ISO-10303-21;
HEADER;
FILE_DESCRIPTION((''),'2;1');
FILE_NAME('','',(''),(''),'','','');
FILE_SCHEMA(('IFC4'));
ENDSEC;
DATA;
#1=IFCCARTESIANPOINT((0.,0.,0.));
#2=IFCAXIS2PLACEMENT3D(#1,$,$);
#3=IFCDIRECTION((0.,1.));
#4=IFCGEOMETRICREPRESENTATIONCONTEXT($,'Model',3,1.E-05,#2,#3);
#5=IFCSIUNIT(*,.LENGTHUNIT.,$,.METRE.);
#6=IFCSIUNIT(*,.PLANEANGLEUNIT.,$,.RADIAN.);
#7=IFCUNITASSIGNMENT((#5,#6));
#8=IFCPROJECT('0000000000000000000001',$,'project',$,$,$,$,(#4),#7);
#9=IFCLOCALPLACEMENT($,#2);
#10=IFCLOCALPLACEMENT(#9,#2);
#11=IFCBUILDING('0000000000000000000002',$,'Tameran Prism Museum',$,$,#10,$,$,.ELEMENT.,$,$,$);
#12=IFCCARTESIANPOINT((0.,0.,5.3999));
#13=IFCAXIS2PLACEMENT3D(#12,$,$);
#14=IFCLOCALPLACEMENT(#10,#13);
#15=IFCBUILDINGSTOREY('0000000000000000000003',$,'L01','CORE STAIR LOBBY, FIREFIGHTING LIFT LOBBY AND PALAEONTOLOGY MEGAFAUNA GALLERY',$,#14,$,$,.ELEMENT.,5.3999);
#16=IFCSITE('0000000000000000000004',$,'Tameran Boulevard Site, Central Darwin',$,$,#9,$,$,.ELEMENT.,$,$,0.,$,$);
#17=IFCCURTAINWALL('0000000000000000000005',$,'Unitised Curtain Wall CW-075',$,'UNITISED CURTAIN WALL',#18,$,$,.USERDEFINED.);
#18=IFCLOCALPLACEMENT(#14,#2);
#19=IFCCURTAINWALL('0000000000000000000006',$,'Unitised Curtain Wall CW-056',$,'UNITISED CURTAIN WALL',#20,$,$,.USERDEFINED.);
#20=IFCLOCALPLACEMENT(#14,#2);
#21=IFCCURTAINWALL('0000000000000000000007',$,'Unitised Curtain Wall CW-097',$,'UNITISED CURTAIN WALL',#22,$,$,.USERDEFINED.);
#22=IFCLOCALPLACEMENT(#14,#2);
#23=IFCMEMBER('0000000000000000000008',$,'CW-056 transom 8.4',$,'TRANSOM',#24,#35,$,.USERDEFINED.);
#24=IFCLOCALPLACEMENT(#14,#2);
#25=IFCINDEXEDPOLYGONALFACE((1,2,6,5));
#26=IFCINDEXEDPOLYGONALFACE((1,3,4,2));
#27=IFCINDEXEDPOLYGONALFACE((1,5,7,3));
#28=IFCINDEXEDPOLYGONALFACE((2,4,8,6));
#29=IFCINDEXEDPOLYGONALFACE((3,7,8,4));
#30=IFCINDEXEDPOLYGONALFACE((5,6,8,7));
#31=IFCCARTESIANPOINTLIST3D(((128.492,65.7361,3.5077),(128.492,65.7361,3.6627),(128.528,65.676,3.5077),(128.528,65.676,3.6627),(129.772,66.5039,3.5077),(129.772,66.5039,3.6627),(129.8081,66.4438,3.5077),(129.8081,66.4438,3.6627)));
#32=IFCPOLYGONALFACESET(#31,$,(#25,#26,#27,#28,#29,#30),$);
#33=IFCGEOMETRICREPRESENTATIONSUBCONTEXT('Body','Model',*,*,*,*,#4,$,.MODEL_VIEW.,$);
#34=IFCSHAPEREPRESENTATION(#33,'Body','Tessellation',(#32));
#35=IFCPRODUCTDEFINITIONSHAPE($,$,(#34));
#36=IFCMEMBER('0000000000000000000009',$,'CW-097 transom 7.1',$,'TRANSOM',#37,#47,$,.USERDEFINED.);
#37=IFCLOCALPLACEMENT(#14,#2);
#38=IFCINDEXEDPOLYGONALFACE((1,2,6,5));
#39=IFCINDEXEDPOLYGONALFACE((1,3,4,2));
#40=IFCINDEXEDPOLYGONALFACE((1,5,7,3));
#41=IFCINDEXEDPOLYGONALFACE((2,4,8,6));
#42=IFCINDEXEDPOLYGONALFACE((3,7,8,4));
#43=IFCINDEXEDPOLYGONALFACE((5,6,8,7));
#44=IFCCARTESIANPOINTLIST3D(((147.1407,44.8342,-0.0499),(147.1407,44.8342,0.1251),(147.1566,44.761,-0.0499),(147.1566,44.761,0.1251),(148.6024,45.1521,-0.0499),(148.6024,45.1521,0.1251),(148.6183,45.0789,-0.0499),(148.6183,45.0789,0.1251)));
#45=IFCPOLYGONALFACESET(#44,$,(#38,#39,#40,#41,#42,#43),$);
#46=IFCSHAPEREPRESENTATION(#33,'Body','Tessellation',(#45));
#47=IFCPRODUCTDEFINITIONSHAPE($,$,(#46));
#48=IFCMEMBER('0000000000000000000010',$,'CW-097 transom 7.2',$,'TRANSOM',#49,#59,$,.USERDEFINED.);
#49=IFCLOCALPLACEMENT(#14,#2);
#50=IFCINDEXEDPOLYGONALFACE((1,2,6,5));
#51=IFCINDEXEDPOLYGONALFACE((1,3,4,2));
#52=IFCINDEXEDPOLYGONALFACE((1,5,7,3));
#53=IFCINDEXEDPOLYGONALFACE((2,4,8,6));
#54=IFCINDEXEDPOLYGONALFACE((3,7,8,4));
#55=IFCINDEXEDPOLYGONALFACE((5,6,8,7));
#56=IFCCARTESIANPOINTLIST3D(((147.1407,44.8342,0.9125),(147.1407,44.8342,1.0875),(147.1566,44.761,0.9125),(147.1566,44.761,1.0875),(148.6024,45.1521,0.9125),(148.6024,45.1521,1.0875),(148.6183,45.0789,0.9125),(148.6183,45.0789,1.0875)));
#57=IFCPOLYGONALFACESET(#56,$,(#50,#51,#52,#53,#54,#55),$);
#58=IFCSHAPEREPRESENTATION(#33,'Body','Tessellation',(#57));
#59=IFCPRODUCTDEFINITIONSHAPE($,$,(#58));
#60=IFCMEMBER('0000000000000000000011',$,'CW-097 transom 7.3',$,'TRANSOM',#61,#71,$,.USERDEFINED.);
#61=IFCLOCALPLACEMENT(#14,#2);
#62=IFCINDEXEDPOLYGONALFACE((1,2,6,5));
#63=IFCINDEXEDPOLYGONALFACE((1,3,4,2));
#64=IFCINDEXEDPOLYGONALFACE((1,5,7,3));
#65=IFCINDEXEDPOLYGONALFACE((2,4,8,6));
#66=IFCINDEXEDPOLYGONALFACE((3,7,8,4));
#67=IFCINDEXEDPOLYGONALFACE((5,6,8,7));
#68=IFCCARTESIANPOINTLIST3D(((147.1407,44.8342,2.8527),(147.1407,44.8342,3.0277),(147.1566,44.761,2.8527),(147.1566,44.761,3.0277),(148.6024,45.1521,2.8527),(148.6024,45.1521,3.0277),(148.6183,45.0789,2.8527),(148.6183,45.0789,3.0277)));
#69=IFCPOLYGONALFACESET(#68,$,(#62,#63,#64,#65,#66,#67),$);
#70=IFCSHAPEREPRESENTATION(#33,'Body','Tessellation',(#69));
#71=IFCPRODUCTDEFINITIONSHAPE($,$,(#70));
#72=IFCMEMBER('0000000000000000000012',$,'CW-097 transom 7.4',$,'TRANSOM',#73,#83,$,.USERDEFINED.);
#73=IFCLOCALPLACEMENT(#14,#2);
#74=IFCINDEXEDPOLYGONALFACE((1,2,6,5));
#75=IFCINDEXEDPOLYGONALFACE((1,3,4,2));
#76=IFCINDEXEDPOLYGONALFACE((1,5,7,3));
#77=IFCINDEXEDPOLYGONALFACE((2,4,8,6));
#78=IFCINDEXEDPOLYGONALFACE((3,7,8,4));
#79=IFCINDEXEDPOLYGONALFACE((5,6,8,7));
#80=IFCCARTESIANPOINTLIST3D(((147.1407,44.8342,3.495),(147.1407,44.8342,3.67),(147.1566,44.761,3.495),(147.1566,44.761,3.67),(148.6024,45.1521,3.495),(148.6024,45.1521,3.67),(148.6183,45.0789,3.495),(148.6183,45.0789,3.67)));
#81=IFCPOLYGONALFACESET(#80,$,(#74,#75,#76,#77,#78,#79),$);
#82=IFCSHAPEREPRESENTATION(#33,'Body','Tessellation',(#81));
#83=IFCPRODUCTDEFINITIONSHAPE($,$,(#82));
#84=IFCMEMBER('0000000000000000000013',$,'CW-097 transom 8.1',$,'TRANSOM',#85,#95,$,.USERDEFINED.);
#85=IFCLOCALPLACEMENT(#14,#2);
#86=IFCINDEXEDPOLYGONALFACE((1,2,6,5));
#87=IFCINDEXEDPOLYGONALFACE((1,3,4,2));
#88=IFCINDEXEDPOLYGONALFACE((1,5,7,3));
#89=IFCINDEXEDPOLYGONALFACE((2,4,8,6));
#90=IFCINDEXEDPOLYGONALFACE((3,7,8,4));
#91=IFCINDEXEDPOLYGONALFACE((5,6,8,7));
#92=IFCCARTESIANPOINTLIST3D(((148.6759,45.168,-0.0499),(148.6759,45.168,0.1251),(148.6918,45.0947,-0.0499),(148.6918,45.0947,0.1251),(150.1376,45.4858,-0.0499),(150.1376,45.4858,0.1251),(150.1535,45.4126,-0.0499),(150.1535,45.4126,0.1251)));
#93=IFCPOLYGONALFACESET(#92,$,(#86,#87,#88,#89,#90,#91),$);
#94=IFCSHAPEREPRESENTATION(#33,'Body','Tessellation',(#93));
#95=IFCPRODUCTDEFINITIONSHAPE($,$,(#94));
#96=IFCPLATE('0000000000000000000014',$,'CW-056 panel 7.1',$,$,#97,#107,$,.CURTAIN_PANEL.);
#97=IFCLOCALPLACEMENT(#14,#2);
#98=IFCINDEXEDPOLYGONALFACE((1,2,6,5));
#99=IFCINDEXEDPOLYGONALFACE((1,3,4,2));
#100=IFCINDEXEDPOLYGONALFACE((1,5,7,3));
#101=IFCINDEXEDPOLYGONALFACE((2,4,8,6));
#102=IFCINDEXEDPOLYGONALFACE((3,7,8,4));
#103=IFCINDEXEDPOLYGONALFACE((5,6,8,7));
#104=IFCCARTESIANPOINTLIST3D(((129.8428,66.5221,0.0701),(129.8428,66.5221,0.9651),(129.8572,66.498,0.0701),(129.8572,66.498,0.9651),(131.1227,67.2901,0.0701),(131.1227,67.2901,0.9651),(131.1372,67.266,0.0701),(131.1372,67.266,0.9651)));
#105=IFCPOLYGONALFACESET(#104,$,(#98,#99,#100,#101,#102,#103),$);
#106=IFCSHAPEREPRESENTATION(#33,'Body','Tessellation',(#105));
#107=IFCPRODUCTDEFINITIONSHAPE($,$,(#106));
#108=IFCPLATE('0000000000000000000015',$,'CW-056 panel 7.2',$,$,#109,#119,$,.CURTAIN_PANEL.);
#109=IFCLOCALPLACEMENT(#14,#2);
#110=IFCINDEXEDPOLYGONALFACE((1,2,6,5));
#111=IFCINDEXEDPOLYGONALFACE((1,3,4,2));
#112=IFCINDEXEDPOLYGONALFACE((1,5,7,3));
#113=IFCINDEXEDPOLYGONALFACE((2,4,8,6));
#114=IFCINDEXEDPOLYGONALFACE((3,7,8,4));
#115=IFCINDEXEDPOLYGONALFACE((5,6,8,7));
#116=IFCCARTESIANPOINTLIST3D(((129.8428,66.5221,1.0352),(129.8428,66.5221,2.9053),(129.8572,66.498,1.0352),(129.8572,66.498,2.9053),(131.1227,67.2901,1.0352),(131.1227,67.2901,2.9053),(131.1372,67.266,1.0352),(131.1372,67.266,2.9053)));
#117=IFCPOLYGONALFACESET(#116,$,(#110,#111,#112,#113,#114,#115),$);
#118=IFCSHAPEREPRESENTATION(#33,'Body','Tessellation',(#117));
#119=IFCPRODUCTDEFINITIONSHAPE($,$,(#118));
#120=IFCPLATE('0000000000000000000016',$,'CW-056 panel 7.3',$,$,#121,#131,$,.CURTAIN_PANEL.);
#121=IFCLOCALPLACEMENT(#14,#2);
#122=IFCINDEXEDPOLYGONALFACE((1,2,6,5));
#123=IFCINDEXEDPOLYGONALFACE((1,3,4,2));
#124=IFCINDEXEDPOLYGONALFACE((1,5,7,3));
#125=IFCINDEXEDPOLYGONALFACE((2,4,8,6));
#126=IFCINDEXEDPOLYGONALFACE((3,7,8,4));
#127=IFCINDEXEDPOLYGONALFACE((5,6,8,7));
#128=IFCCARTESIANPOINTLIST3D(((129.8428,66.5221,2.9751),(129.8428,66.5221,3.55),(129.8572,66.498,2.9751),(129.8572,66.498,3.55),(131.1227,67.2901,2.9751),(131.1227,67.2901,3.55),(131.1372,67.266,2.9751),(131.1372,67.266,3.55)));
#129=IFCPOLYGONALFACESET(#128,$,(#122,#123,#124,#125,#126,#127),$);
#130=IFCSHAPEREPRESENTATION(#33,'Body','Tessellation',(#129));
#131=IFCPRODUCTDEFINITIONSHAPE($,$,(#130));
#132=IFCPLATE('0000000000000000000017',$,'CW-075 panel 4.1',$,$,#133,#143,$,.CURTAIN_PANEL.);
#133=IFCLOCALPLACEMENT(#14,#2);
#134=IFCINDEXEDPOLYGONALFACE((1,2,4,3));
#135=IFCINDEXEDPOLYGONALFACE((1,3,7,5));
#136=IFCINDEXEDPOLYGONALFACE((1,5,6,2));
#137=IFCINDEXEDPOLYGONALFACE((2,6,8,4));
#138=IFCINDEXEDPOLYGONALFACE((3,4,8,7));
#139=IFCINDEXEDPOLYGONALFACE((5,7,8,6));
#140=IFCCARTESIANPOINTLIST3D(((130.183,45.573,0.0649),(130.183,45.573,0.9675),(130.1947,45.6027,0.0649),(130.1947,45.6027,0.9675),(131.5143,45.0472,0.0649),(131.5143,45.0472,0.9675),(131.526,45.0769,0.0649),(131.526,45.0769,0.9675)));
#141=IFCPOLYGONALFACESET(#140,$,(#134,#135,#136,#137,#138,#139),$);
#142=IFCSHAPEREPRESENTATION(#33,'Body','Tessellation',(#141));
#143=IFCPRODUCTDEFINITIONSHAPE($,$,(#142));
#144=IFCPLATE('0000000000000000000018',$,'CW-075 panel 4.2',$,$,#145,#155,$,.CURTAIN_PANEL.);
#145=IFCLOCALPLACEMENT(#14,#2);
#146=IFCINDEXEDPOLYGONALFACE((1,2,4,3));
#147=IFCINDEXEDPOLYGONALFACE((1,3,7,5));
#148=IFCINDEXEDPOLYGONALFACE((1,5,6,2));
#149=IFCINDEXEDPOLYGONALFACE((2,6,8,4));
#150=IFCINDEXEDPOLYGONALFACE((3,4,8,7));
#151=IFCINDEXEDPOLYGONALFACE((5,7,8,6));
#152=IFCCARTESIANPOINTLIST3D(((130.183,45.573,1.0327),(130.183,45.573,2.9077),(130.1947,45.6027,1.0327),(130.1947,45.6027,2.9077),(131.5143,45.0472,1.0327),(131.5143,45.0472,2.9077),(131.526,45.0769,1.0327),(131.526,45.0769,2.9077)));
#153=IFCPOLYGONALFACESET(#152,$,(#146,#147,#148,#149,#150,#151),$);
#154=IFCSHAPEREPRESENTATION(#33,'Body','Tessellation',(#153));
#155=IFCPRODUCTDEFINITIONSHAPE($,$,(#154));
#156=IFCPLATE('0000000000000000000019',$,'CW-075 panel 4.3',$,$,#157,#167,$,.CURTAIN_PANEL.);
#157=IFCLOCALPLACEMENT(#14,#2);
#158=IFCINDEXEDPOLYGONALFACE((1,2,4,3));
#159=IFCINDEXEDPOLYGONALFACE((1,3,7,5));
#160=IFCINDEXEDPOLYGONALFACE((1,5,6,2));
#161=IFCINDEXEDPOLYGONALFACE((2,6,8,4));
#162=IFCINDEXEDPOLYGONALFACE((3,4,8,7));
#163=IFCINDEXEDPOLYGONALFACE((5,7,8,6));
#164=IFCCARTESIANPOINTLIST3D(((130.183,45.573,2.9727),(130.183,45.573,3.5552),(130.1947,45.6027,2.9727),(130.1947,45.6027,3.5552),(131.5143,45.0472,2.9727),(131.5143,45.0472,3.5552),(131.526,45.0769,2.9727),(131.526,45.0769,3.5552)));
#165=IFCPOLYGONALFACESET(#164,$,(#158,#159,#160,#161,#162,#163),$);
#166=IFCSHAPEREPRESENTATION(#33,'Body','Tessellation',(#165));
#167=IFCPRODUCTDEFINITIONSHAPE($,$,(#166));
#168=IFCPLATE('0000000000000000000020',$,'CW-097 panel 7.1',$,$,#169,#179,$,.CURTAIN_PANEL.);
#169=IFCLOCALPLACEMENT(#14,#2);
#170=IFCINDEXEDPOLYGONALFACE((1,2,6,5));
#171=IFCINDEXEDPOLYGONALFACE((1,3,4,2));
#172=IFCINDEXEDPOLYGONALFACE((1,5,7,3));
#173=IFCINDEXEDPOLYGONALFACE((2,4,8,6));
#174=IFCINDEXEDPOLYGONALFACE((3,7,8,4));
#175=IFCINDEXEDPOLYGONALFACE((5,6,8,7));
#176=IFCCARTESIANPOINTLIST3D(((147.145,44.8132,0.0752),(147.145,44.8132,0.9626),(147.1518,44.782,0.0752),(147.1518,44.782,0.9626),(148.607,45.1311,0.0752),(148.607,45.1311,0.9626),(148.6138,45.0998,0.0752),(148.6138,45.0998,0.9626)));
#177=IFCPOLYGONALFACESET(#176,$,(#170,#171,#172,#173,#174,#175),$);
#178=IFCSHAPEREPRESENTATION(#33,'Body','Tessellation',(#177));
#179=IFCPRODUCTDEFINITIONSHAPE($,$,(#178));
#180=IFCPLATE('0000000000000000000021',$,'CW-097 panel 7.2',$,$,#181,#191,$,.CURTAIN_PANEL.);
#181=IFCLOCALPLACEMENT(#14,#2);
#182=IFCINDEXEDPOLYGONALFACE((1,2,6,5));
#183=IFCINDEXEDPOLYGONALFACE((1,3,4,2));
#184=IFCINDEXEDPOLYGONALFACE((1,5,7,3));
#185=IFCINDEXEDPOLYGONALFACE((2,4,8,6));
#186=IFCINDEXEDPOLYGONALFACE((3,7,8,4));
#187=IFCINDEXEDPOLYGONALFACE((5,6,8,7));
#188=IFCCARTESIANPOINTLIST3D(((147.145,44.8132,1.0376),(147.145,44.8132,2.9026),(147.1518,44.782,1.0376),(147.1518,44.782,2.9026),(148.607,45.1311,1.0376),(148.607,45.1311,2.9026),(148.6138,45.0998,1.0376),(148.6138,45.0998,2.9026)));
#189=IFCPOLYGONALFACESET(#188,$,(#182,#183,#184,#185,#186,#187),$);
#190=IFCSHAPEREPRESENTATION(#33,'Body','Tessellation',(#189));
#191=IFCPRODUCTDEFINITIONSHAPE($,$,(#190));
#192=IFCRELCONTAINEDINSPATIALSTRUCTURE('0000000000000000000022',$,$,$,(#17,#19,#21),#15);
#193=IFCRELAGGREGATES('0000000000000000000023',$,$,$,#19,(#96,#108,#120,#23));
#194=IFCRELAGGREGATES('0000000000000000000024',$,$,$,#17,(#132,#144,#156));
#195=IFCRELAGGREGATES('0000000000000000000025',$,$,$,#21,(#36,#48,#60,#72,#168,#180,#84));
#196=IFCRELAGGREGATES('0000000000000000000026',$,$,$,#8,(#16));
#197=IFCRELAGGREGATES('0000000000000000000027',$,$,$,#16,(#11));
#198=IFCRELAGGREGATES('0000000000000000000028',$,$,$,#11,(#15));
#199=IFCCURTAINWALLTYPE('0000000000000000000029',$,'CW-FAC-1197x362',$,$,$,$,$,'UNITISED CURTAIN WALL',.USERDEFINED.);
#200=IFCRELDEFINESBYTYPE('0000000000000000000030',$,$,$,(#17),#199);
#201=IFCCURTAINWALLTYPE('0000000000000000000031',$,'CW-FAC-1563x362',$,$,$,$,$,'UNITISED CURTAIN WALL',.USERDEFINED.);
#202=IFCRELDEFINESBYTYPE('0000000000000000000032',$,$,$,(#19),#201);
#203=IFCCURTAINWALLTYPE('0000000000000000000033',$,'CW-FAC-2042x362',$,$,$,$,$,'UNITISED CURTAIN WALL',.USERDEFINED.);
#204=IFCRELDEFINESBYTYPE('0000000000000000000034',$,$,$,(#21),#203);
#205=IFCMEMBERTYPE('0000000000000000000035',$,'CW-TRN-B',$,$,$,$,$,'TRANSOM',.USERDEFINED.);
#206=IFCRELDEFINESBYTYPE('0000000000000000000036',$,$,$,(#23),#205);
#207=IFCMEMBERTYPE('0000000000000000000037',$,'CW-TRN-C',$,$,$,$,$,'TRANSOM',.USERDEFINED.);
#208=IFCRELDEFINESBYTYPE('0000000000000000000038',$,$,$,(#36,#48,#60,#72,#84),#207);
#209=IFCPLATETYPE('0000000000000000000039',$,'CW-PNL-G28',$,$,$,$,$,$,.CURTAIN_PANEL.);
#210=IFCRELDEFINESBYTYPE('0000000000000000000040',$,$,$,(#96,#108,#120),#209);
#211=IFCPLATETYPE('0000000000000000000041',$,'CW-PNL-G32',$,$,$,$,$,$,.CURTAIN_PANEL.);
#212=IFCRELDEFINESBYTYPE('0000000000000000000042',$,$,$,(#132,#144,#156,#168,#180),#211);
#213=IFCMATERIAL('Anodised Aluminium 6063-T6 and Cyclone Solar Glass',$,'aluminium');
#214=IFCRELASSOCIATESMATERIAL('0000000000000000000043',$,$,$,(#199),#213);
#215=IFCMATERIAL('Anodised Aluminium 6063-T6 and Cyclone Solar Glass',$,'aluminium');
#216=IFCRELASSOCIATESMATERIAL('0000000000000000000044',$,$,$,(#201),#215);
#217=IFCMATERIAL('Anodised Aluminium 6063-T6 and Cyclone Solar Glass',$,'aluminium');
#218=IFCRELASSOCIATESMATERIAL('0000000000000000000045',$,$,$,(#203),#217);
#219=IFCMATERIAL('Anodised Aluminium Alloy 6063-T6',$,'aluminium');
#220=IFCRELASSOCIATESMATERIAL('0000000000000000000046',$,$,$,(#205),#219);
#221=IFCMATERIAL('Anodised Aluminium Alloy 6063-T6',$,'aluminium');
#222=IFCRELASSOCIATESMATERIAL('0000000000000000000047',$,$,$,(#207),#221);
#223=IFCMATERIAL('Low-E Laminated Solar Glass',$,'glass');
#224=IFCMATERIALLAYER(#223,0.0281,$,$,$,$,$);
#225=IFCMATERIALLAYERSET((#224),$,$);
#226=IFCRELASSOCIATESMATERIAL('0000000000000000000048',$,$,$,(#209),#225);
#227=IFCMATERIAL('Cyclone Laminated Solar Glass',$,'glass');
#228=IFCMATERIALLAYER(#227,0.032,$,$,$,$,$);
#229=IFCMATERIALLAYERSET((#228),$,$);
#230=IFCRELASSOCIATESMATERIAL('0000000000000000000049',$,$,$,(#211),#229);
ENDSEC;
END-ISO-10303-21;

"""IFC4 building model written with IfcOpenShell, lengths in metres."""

from ifc_helpers import new_model, si_unit, direction, frame, origin, origin_2d, place, context, subcontext, project, spatial, rectangle, extrude, material, layer, layer_set, material_profile, profile_set, type_object, element, aggregate, save


model = new_model("IFC4")

# Units and contexts
model_context = context("Model", 3, precision=1e-05, world=origin(), true_north=direction((0.0, 1.0)))
body_context = subcontext(model_context, "Body", "Model", "MODEL_VIEW")
ifc_project = project(units=[si_unit("LENGTHUNIT", "METRE"), si_unit("PLANEANGLEUNIT", "RADIAN")], contexts=[model_context])

# Site, building, storey
site_placement = place(None, origin())
site = spatial("IfcSite", under=ifc_project, at=site_placement, Name="Tameran Boulevard Site, Central Darwin", CompositionType="ELEMENT", RefElevation=0.0)
building_placement = place(site_placement, origin())
building = spatial("IfcBuilding", under=site, at=building_placement, Name="Tameran Prism Museum", CompositionType="ELEMENT")
storey_placement = place(building_placement, frame((0.0, 0.0, 5.3999)))
storey = spatial("IfcBuildingStorey", under=building, at=storey_placement, Name="L01", Description="CORE STAIR LOBBY, FIREFIGHTING LIFT LOBBY AND PALAEONTOLOGY MEGAFAUNA GALLERY", CompositionType="ELEMENT", Elevation=5.3999)

# Curtain wall
ifc_material_1 = material(Name="Anodised Aluminium 6063-T6 and Cyclone Solar Glass", Category="aluminium")
curtain_wall_type_1 = type_object("IfcCurtainWallType", Name="CW-FAC-1197x362", ElementType="UNITISED CURTAIN WALL", PredefinedType="USERDEFINED", material=ifc_material_1)
curtain_wall_1_placement = place(storey_placement, origin())
curtain_wall_1 = element("IfcCurtainWall", 1, at=curtain_wall_1_placement, inside=storey, type_object=curtain_wall_type_1, Name="Unitised Curtain Wall CW-075", ObjectType="UNITISED CURTAIN WALL", PredefinedType="USERDEFINED")

# Curtain walls
ifc_material_2 = material(Name="Anodised Aluminium 6063-T6 and Cyclone Solar Glass", Category="aluminium")
curtain_wall_type_2 = type_object("IfcCurtainWallType", Name="CW-FAC-1563x362", ElementType="UNITISED CURTAIN WALL", PredefinedType="USERDEFINED", material=ifc_material_2)
curtain_wall_2_placement = place(storey_placement, origin())
curtain_wall_2 = element("IfcCurtainWall", 2, at=curtain_wall_2_placement, inside=storey, type_object=curtain_wall_type_2, Name="Unitised Curtain Wall CW-056", ObjectType="UNITISED CURTAIN WALL", PredefinedType="USERDEFINED")
ifc_material_3 = material(Name="Anodised Aluminium 6063-T6 and Cyclone Solar Glass", Category="aluminium")
curtain_wall_type_3 = type_object("IfcCurtainWallType", Name="CW-FAC-2042x362", ElementType="UNITISED CURTAIN WALL", PredefinedType="USERDEFINED", material=ifc_material_3)
curtain_wall_3_placement = place(storey_placement, origin())
curtain_wall_3 = element("IfcCurtainWall", 3, at=curtain_wall_3_placement, inside=storey, type_object=curtain_wall_type_3, Name="Unitised Curtain Wall CW-097", ObjectType="UNITISED CURTAIN WALL", PredefinedType="USERDEFINED")

# Members
ifc_material_4 = material(Name="Anodised Aluminium Alloy 6063-T6", Category="aluminium")
ifc_material_profile_1 = material_profile(ifc_material_4, rectangle(XDim=0.0701, YDim=0.155, at=origin_2d()))
ifc_profile_set_1 = profile_set([ifc_material_profile_1])
member_type_1 = type_object("IfcMemberType", Name="CW-TRN-B", ElementType="TRANSOM", PredefinedType="USERDEFINED", material=ifc_profile_set_1)
member_1_placement = place(storey_placement, frame((129.79, 66.4739, 3.5852), z_axis=(-0.857551, -0.5144, 0.0), x_axis=(0.5144, -0.857551, 0.0)))
member_1 = element("IfcMember", 4, at=member_1_placement, type_object=member_type_1, Name="CW-056 transom 8.4", ObjectType="TRANSOM", PredefinedType="USERDEFINED", context=body_context, shape_type="SweptSolid", body=[
    extrude(rectangle(XDim=0.0701, YDim=0.155, at=origin_2d()), origin(), (0.0, 0.0, 1.0), 1.4927),
])
ifc_material_5 = material(Name="Anodised Aluminium Alloy 6063-T6", Category="aluminium")
ifc_material_profile_2 = material_profile(ifc_material_5, rectangle(XDim=0.075, YDim=0.175, at=origin_2d()))
ifc_profile_set_2 = profile_set([ifc_material_profile_2])
member_type_2 = type_object("IfcMemberType", Name="CW-TRN-C", ElementType="TRANSOM", PredefinedType="USERDEFINED", material=ifc_profile_set_2)
member_2_placement = place(storey_placement, frame((147.1487, 44.7976, 0.0376), z_axis=(0.97716, 0.212504, 0.0), x_axis=(-0.212504, 0.97716, 0.0)))
member_2 = element("IfcMember", 5, at=member_2_placement, type_object=member_type_2, Name="CW-097 transom 7.1", ObjectType="TRANSOM", PredefinedType="USERDEFINED", context=body_context, shape_type="SweptSolid", body=[
    extrude(rectangle(XDim=0.075, YDim=0.175, at=origin_2d()), origin(), (0.0, 0.0, 1.0), 1.4958),
])
member_3_placement = place(storey_placement, frame((147.1487, 44.7976, 1.0), z_axis=(0.97716, 0.212504, 0.0), x_axis=(-0.212504, 0.97716, 0.0)))
member_3 = element("IfcMember", 6, at=member_3_placement, type_object=member_type_2, Name="CW-097 transom 7.2", ObjectType="TRANSOM", PredefinedType="USERDEFINED", context=body_context, shape_type="SweptSolid", body=[
    extrude(rectangle(XDim=0.075, YDim=0.175, at=origin_2d()), origin(), (0.0, 0.0, 1.0), 1.4958),
])
member_4_placement = place(storey_placement, frame((147.1487, 44.7976, 2.9402), z_axis=(0.97716, 0.212504, 0.0), x_axis=(-0.212504, 0.97716, 0.0)))
member_4 = element("IfcMember", 7, at=member_4_placement, type_object=member_type_2, Name="CW-097 transom 7.3", ObjectType="TRANSOM", PredefinedType="USERDEFINED", context=body_context, shape_type="SweptSolid", body=[
    extrude(rectangle(XDim=0.075, YDim=0.175, at=origin_2d()), origin(), (0.0, 0.0, 1.0), 1.4958),
])
member_5_placement = place(storey_placement, frame((147.1487, 44.7976, 3.5825), z_axis=(0.97716, 0.212504, 0.0), x_axis=(-0.212504, 0.97716, 0.0)))
member_5 = element("IfcMember", 8, at=member_5_placement, type_object=member_type_2, Name="CW-097 transom 7.4", ObjectType="TRANSOM", PredefinedType="USERDEFINED", context=body_context, shape_type="SweptSolid", body=[
    extrude(rectangle(XDim=0.075, YDim=0.175, at=origin_2d()), origin(), (0.0, 0.0, 1.0), 1.4958),
])
member_6_placement = place(storey_placement, frame((148.6838, 45.1313, 0.0376), z_axis=(0.97716, 0.212504, 0.0), x_axis=(-0.212504, 0.97716, 0.0)))
member_6 = element("IfcMember", 9, at=member_6_placement, type_object=member_type_2, Name="CW-097 transom 8.1", ObjectType="TRANSOM", PredefinedType="USERDEFINED", context=body_context, shape_type="SweptSolid", body=[
    extrude(rectangle(XDim=0.075, YDim=0.175, at=origin_2d()), origin(), (0.0, 0.0, 1.0), 1.4958),
])

# Plates
ifc_material_6 = material(Name="Low-E Laminated Solar Glass", Category="glass")
ifc_layer_1 = layer(ifc_material_6, 0.0281)
ifc_layer_set_1 = layer_set([ifc_layer_1])
plate_type_1 = type_object("IfcPlateType", Name="CW-PNL-G28", PredefinedType="CURTAIN_PANEL", material=ifc_layer_set_1)
plate_1_placement = place(storey_placement, frame((130.49, 66.894, 0.0701), z_axis=(0.0, 0.0, 1.0), x_axis=(-0.857493, -0.514496, 0.0)))
plate_1 = element("IfcPlate", 10, at=plate_1_placement, type_object=plate_type_1, Name="CW-056 panel 7.1", PredefinedType="CURTAIN_PANEL", context=body_context, shape_type="SweptSolid", body=[
    extrude(rectangle(XDim=1.4927, YDim=0.0281, at=origin_2d()), origin(), (0.0, 0.0, 1.0), 0.895),
])
plate_2_placement = place(storey_placement, frame((130.49, 66.894, 1.0352), z_axis=(0.0, 0.0, 1.0), x_axis=(-0.857493, -0.514496, 0.0)))
plate_2 = element("IfcPlate", 11, at=plate_2_placement, type_object=plate_type_1, Name="CW-056 panel 7.2", PredefinedType="CURTAIN_PANEL", context=body_context, shape_type="SweptSolid", body=[
    extrude(rectangle(XDim=1.4927, YDim=0.0281, at=origin_2d()), origin(), (0.0, 0.0, 1.0), 1.8701),
])
plate_3_placement = place(storey_placement, frame((130.49, 66.894, 2.9751), z_axis=(0.0, 0.0, 1.0), x_axis=(-0.857493, -0.514496, 0.0)))
plate_3 = element("IfcPlate", 12, at=plate_3_placement, type_object=plate_type_1, Name="CW-056 panel 7.3", PredefinedType="CURTAIN_PANEL", context=body_context, shape_type="SweptSolid", body=[
    extrude(rectangle(XDim=1.4927, YDim=0.0281, at=origin_2d()), origin(), (0.0, 0.0, 1.0), 0.575),
])
aggregate(curtain_wall_2, [plate_1, plate_2, plate_3, member_1])
ifc_material_7 = material(Name="Cyclone Laminated Solar Glass", Category="glass")
ifc_layer_2 = layer(ifc_material_7, 0.032)
ifc_layer_set_2 = layer_set([ifc_layer_2])
plate_type_2 = type_object("IfcPlateType", Name="CW-PNL-G32", PredefinedType="CURTAIN_PANEL", material=ifc_layer_set_2)
plate_4_placement = place(storey_placement, frame((130.8545, 45.325, 0.0649), z_axis=(0.0, 0.0, 1.0), x_axis=(0.930081, -0.367355, 0.0)))
plate_4 = element("IfcPlate", 13, at=plate_4_placement, type_object=plate_type_2, Name="CW-075 panel 4.1", PredefinedType="CURTAIN_PANEL", context=body_context, shape_type="SweptSolid", body=[
    extrude(rectangle(XDim=1.4314, YDim=0.032, at=origin_2d()), origin(), (0.0, 0.0, 1.0), 0.9026),
])
plate_5_placement = place(storey_placement, frame((130.8545, 45.325, 1.0327), z_axis=(0.0, 0.0, 1.0), x_axis=(0.930081, -0.367355, 0.0)))
plate_5 = element("IfcPlate", 14, at=plate_5_placement, type_object=plate_type_2, Name="CW-075 panel 4.2", PredefinedType="CURTAIN_PANEL", context=body_context, shape_type="SweptSolid", body=[
    extrude(rectangle(XDim=1.4314, YDim=0.032, at=origin_2d()), origin(), (0.0, 0.0, 1.0), 1.875),
])
plate_6_placement = place(storey_placement, frame((130.8545, 45.325, 2.9727), z_axis=(0.0, 0.0, 1.0), x_axis=(0.930081, -0.367355, 0.0)))
plate_6 = element("IfcPlate", 15, at=plate_6_placement, type_object=plate_type_2, Name="CW-075 panel 4.3", PredefinedType="CURTAIN_PANEL", context=body_context, shape_type="SweptSolid", body=[
    extrude(rectangle(XDim=1.4314, YDim=0.032, at=origin_2d()), origin(), (0.0, 0.0, 1.0), 0.5825),
])
aggregate(curtain_wall_1, [plate_4, plate_5, plate_6])
plate_7_placement = place(storey_placement, frame((147.8794, 44.9565, 0.0752), z_axis=(0.0, 0.0, 1.0), x_axis=(0.977171, 0.212454, 0.0)))
plate_7 = element("IfcPlate", 16, at=plate_7_placement, type_object=plate_type_2, Name="CW-097 panel 7.1", PredefinedType="CURTAIN_PANEL", context=body_context, shape_type="SweptSolid", body=[
    extrude(rectangle(XDim=1.4961, YDim=0.032, at=origin_2d()), origin(), (0.0, 0.0, 1.0), 0.8875),
])
plate_8_placement = place(storey_placement, frame((147.8794, 44.9565, 1.0376), z_axis=(0.0, 0.0, 1.0), x_axis=(0.977171, 0.212454, 0.0)))
plate_8 = element("IfcPlate", 17, at=plate_8_placement, type_object=plate_type_2, Name="CW-097 panel 7.2", PredefinedType="CURTAIN_PANEL", context=body_context, shape_type="SweptSolid", body=[
    extrude(rectangle(XDim=1.4961, YDim=0.032, at=origin_2d()), origin(), (0.0, 0.0, 1.0), 1.865),
])
aggregate(curtain_wall_3, [member_2, member_3, member_4, member_5, plate_7, plate_8, member_6])

save(model, "model.ifc")
